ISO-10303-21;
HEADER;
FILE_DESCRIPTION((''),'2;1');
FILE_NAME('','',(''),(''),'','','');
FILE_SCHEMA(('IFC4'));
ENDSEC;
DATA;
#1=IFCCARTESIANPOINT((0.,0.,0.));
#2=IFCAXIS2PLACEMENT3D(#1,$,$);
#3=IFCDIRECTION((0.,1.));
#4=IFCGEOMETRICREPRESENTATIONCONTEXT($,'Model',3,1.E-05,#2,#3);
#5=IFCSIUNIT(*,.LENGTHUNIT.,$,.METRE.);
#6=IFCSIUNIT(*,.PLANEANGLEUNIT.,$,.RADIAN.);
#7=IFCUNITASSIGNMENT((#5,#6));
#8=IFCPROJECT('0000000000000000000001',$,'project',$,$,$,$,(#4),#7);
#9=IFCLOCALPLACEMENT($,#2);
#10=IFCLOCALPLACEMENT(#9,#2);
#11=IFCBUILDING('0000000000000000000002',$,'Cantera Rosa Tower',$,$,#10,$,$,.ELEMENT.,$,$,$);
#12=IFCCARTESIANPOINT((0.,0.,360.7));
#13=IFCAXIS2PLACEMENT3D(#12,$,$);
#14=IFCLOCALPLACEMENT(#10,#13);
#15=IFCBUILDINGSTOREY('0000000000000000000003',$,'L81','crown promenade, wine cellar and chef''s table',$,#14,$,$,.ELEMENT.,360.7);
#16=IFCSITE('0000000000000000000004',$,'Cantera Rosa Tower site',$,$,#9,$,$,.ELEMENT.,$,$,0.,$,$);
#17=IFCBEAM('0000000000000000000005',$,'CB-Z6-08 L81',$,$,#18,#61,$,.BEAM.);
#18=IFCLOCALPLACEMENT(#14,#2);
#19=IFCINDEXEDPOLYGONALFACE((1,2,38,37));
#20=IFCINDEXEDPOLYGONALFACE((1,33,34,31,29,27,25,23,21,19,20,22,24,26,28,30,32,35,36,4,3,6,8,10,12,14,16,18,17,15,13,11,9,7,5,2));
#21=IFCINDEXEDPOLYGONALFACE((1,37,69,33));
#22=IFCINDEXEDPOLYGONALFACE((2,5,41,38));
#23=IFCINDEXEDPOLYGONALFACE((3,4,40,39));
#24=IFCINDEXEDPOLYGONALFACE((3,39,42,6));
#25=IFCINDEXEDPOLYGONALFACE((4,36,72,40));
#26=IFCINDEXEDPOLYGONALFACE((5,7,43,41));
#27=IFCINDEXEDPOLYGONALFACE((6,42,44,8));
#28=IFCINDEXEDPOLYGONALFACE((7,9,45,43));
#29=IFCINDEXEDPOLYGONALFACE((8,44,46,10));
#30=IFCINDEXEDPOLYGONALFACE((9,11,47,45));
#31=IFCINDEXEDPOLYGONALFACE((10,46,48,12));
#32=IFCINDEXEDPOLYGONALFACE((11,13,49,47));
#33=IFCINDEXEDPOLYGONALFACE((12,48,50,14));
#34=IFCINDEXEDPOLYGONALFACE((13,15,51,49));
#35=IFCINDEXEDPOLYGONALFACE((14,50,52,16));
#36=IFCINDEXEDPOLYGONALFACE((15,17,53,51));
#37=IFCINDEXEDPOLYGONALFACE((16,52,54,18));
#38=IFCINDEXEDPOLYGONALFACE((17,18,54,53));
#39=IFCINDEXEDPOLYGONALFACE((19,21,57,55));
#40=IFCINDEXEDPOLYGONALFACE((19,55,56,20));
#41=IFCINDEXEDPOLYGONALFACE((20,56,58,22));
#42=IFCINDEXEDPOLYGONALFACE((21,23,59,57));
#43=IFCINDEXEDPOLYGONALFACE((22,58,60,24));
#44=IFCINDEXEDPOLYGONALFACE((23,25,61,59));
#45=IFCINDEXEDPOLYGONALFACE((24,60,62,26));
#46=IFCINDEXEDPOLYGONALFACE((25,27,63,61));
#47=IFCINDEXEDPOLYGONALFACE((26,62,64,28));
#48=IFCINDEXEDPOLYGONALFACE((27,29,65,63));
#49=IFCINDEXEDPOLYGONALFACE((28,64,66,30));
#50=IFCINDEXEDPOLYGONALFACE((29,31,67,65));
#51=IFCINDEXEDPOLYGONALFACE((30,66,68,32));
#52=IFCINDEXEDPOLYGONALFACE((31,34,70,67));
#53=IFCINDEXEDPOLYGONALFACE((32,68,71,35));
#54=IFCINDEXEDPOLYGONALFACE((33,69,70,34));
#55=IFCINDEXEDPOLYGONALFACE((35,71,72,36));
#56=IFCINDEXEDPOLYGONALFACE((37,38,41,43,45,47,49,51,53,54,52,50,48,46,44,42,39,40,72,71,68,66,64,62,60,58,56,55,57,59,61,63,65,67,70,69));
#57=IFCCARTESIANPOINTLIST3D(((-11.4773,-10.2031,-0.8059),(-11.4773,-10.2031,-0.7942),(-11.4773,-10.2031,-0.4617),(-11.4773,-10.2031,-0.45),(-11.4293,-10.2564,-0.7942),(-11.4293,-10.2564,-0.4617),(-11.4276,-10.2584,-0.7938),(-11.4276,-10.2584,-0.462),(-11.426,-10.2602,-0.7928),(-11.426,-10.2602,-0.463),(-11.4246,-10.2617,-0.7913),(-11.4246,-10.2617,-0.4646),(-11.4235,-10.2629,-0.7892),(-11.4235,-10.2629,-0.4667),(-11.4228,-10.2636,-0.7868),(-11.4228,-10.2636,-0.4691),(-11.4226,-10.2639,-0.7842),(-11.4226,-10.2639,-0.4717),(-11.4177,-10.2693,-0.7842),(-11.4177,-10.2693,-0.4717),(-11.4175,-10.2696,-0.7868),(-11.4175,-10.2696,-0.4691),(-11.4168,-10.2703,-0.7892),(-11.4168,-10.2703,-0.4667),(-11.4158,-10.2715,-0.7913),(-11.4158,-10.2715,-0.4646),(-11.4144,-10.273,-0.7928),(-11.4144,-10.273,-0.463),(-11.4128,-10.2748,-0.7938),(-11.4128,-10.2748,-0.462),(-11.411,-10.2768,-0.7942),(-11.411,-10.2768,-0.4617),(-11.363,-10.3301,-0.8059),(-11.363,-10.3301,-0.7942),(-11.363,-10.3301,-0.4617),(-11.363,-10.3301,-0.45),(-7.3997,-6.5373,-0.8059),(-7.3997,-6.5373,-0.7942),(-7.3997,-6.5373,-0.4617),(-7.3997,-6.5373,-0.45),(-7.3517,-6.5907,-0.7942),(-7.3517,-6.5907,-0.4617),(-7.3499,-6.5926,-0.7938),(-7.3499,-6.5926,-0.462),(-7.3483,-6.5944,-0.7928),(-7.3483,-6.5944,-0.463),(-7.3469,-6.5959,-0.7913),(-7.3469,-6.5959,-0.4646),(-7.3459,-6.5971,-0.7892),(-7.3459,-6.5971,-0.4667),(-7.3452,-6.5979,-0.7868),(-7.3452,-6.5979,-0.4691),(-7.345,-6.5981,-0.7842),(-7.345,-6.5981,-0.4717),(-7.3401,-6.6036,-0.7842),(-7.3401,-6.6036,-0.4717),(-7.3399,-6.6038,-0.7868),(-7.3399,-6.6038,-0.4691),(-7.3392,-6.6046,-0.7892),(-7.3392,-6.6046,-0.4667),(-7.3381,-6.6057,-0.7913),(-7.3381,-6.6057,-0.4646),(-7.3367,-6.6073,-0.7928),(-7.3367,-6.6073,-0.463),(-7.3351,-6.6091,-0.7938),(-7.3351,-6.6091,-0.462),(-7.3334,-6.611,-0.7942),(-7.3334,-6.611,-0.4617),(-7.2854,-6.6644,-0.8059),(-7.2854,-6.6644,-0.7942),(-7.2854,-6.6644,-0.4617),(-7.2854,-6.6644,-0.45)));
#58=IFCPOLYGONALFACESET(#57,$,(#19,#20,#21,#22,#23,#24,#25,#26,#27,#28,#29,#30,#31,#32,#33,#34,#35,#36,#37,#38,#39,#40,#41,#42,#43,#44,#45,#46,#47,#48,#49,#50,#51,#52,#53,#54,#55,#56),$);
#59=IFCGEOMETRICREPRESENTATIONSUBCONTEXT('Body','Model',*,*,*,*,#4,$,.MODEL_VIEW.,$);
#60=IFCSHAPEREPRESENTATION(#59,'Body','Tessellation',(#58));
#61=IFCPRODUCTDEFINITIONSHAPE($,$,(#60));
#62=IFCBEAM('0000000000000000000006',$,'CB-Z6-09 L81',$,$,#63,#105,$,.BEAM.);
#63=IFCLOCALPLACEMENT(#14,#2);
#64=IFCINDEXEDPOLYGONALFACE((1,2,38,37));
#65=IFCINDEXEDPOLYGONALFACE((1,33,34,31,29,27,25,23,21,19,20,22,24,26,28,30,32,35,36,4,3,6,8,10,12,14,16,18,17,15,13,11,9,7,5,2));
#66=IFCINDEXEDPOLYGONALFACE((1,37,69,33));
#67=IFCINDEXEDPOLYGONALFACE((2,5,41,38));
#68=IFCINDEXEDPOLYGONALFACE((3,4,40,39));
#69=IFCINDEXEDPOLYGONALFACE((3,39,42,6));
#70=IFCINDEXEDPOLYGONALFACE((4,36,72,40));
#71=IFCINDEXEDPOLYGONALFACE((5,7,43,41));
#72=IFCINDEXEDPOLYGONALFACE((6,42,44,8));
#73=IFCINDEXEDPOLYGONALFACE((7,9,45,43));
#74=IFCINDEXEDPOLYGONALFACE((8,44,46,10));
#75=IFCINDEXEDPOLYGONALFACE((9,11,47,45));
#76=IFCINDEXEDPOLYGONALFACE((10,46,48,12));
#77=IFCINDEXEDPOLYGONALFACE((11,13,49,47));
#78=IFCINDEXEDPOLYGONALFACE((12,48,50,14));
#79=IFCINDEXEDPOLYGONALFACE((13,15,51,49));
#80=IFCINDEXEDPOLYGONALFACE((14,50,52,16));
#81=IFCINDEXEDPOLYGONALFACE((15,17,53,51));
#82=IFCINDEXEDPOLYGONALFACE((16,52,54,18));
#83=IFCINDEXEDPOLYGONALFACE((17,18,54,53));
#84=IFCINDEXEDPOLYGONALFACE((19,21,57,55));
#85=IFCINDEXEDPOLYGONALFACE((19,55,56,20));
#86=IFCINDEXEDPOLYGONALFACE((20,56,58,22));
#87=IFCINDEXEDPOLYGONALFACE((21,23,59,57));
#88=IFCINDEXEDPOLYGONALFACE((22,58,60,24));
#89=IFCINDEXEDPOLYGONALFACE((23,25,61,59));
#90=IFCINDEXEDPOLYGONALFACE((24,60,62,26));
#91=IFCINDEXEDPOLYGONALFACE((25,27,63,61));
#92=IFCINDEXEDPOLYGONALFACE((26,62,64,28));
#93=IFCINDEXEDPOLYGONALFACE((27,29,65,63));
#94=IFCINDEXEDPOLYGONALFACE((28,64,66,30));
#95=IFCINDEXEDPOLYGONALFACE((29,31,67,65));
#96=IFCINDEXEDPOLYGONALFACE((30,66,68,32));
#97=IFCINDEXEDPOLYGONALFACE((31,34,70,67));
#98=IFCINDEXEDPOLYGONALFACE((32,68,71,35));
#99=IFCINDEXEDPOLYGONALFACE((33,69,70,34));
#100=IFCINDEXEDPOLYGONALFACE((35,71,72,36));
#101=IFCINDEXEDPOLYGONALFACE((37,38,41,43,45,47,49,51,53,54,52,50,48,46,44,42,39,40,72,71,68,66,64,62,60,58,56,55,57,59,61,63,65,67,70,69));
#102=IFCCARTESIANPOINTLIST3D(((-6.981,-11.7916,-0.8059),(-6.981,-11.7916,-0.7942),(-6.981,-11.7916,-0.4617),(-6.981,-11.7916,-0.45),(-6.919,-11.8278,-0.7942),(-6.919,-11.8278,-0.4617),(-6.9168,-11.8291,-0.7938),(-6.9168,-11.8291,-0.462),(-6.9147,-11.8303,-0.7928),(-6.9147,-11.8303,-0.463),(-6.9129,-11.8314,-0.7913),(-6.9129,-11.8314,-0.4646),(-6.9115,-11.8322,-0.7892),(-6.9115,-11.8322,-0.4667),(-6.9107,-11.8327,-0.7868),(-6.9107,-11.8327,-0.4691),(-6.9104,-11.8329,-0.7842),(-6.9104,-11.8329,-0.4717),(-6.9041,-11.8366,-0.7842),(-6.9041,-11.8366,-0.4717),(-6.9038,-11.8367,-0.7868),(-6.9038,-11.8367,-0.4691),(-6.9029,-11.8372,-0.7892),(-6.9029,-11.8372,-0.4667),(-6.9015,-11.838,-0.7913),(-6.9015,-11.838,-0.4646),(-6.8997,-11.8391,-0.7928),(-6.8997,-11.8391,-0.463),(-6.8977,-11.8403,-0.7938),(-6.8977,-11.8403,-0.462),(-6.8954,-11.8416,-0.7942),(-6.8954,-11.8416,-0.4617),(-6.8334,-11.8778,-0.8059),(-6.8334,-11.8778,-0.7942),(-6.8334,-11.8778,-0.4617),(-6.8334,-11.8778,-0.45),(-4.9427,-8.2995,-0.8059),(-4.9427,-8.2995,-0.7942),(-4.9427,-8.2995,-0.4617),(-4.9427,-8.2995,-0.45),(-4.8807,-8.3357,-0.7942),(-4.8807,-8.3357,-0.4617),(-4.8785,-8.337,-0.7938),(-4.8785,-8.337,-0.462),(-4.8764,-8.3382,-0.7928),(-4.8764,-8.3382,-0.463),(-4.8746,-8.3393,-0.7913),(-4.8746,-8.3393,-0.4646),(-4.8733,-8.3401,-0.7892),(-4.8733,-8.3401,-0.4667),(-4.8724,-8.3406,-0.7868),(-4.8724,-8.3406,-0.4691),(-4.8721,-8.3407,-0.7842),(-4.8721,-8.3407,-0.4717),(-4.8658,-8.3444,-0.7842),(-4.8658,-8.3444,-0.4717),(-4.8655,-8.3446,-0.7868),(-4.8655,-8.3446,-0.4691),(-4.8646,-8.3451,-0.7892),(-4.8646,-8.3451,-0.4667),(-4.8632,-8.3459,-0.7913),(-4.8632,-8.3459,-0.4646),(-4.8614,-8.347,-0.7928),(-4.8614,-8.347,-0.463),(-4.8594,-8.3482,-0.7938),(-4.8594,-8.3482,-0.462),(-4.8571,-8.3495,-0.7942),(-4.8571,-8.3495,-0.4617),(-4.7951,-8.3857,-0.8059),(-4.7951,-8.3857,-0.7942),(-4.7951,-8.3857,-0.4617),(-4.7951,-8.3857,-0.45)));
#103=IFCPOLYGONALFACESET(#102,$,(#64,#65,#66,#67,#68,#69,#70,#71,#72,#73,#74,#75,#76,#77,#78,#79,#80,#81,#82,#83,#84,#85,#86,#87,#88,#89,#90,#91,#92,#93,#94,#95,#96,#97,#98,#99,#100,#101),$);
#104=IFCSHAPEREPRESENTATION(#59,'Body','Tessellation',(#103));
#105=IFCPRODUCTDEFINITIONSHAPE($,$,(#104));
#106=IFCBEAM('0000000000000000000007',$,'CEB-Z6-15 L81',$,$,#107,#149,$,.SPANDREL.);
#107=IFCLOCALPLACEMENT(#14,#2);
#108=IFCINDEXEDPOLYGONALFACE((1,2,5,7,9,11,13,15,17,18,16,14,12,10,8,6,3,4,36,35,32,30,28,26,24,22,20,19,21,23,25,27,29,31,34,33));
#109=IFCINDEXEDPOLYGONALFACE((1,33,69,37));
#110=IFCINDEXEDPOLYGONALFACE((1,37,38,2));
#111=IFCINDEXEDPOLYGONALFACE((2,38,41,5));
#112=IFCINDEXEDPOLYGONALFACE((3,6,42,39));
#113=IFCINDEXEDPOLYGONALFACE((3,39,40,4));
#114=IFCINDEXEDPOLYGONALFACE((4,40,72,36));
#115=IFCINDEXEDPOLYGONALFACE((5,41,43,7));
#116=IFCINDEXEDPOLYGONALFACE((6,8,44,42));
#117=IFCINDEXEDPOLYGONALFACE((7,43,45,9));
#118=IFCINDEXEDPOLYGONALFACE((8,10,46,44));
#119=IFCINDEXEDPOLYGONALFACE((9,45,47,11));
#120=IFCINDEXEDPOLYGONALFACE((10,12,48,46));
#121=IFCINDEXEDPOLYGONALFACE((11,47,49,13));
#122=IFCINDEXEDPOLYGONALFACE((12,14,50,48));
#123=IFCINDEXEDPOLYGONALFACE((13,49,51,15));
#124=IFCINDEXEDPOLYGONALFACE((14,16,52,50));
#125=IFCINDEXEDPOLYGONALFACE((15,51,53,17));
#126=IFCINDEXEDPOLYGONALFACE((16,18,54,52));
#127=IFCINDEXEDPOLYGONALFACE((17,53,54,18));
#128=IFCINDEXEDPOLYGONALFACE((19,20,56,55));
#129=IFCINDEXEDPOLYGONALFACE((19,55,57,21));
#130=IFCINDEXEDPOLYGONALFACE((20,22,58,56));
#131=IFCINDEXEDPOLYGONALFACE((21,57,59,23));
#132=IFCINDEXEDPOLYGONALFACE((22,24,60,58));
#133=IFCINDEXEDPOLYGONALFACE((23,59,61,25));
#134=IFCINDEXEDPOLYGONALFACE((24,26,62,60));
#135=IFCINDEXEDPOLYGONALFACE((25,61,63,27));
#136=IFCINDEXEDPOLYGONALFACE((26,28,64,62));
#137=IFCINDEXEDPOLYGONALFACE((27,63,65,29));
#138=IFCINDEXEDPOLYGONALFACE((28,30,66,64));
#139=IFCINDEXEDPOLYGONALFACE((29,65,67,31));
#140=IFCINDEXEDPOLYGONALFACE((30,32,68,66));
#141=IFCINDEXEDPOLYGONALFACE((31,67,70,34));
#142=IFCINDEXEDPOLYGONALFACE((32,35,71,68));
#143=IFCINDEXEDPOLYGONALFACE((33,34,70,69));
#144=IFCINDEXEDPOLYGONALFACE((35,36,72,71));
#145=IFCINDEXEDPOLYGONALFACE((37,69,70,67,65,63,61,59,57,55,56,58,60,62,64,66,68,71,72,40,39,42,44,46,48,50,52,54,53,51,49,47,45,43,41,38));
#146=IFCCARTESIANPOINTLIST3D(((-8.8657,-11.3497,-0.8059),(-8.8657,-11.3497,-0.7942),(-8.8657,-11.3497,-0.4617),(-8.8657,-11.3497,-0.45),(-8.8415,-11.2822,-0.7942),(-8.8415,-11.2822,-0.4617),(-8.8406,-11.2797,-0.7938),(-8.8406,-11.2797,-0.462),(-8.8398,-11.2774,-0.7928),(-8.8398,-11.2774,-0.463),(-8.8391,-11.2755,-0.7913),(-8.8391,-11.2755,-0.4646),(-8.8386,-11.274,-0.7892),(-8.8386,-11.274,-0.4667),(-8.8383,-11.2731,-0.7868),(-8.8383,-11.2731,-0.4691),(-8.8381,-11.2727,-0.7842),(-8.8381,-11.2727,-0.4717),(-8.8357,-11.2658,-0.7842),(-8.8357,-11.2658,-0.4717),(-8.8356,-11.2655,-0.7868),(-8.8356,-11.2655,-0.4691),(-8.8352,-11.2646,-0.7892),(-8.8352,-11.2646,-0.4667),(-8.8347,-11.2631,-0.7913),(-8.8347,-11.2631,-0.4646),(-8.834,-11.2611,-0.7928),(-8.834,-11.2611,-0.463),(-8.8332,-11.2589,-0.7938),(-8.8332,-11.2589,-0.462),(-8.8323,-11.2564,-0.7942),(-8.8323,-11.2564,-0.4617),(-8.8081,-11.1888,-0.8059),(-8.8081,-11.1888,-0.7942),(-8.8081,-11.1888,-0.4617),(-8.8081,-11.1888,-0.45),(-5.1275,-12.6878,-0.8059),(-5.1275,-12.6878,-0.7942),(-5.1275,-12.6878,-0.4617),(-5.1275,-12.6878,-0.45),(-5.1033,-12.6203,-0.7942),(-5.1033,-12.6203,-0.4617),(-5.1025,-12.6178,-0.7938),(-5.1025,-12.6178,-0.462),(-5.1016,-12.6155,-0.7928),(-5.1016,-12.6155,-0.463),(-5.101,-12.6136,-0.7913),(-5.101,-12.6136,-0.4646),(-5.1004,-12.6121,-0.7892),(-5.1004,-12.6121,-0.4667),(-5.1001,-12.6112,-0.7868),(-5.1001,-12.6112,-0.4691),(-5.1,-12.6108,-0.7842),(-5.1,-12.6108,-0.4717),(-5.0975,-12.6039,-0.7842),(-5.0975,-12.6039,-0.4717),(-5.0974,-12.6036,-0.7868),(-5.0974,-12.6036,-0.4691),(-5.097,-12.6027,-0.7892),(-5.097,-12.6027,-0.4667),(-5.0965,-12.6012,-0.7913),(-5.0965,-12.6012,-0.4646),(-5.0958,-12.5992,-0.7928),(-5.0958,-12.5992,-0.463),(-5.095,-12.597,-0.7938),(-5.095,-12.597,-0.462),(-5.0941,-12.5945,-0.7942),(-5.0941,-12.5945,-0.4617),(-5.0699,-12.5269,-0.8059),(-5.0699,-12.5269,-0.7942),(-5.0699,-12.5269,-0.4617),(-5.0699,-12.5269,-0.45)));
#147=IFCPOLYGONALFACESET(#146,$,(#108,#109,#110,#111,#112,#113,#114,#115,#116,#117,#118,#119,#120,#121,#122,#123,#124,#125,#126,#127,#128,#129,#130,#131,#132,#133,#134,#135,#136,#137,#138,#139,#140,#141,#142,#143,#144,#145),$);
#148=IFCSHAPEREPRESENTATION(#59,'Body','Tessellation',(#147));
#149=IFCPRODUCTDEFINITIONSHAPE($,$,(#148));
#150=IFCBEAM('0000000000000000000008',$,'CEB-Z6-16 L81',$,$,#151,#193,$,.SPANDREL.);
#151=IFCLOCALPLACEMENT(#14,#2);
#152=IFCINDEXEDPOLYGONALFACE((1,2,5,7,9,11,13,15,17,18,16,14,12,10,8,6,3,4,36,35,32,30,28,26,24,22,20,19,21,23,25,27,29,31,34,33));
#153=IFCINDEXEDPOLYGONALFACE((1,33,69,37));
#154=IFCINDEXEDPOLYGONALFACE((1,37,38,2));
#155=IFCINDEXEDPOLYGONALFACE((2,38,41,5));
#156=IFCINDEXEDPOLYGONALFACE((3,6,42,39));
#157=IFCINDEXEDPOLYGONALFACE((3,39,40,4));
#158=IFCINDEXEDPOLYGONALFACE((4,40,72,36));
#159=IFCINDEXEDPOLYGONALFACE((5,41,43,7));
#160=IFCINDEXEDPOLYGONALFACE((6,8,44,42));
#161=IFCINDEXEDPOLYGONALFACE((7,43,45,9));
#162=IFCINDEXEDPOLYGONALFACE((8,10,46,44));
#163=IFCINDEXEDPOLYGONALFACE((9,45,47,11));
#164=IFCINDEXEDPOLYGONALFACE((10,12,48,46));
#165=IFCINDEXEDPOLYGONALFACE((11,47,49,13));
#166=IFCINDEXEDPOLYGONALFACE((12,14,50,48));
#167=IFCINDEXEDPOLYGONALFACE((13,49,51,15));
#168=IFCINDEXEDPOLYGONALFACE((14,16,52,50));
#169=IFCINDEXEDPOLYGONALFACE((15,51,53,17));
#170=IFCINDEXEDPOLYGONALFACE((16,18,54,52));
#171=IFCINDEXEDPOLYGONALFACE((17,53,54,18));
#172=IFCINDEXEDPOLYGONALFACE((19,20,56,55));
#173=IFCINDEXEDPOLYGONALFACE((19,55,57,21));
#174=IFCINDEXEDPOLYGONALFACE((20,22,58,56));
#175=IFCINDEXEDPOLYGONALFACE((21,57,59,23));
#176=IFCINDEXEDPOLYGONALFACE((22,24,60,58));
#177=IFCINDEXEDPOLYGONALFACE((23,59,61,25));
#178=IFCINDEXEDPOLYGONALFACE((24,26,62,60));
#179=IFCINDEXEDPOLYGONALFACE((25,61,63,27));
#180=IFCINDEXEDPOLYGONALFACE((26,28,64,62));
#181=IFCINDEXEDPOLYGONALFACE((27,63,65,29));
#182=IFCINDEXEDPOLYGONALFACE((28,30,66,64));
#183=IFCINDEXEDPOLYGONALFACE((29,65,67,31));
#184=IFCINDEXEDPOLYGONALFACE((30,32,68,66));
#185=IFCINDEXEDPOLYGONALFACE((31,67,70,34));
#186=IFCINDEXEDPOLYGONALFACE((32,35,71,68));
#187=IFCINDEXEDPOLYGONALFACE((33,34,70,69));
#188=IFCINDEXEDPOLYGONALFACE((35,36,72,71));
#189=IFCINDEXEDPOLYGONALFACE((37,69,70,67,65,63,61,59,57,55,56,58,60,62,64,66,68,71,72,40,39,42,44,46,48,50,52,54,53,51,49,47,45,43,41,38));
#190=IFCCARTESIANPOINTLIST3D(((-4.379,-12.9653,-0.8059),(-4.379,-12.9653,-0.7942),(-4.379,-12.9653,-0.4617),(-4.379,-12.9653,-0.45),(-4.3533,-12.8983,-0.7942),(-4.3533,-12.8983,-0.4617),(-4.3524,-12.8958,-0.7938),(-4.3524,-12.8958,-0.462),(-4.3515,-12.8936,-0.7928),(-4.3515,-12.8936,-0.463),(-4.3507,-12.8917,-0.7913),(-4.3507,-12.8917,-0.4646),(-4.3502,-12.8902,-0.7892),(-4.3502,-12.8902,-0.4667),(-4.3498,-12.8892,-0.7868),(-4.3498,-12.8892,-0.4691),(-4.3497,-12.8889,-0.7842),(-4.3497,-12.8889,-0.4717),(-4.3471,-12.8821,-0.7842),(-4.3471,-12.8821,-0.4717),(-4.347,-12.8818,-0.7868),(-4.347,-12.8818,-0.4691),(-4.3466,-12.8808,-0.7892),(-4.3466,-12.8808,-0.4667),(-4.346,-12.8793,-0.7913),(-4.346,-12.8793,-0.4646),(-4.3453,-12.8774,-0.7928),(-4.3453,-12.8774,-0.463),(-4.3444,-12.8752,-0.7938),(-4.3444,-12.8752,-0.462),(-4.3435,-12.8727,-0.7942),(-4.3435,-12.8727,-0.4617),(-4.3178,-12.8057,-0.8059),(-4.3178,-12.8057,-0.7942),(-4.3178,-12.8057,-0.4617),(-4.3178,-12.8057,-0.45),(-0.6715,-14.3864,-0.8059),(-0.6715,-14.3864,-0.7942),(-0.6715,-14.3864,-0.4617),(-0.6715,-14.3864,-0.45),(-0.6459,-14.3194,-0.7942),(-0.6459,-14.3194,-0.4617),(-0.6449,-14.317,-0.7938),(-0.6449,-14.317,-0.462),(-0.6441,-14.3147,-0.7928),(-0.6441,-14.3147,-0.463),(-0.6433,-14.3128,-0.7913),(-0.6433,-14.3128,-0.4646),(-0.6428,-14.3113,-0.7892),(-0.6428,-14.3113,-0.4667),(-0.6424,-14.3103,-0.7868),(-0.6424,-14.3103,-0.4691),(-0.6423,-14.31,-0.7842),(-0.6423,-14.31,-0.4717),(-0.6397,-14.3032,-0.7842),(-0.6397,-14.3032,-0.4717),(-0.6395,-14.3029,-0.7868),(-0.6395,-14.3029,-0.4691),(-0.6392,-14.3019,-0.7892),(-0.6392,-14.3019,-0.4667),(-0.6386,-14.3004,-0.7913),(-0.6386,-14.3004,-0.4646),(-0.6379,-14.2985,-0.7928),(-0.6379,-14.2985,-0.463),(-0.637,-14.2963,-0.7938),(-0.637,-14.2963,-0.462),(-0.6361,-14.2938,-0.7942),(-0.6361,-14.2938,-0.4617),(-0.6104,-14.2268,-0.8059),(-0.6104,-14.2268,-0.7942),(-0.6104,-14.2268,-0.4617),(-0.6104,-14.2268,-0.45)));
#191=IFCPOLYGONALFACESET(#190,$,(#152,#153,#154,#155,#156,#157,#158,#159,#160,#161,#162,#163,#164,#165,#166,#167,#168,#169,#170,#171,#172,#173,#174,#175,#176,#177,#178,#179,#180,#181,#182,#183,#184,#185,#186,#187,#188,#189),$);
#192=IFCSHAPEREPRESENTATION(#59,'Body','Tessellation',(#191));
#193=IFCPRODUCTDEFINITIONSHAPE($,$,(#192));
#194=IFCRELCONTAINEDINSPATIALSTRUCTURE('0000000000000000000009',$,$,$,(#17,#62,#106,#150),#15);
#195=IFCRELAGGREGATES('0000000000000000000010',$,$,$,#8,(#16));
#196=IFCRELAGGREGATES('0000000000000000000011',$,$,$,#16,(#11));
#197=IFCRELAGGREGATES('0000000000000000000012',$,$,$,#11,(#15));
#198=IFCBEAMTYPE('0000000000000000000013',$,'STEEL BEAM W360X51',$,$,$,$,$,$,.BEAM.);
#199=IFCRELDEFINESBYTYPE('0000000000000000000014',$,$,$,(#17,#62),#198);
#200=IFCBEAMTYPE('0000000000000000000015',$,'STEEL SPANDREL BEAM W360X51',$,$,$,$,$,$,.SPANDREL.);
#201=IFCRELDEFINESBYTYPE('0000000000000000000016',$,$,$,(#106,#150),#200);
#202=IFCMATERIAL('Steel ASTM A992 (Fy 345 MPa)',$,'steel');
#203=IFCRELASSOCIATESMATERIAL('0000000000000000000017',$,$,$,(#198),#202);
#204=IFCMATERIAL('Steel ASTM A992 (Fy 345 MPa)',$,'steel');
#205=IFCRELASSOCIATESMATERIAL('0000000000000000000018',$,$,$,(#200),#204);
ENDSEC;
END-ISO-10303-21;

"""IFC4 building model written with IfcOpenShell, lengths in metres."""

from ifc_helpers import new_model, si_unit, direction, frame, origin, origin_2d, place, context, subcontext, project, spatial, i_section, extrude, material, material_profile, profile_set, type_object, element, save


model = new_model("IFC4")

# Units and contexts
model_context = context("Model", 3, precision=1e-05, world=origin(), true_north=direction((0.0, 1.0)))
body_context = subcontext(model_context, "Body", "Model", "MODEL_VIEW")
ifc_project = project(units=[si_unit("LENGTHUNIT", "METRE"), si_unit("PLANEANGLEUNIT", "RADIAN")], contexts=[model_context])

# Site, building, storey
site_placement = place(None, origin())
site = spatial("IfcSite", under=ifc_project, at=site_placement, Name="Cantera Rosa Tower site", CompositionType="ELEMENT", RefElevation=0.0)
building_placement = place(site_placement, origin())
building = spatial("IfcBuilding", under=site, at=building_placement, Name="Cantera Rosa Tower", CompositionType="ELEMENT")
storey_placement = place(building_placement, frame((0.0, 0.0, 360.7)))
storey = spatial("IfcBuildingStorey", under=building, at=storey_placement, Name="L81", Description="crown promenade, wine cellar and chef's table", CompositionType="ELEMENT", Elevation=360.7)

# Beams
ifc_material_1 = material(Name="Steel ASTM A992 (Fy 345 MPa)", Category="steel")
ifc_material_profile_1 = material_profile(ifc_material_1, i_section(OverallWidth=0.1709, OverallDepth=0.356, WebThickness=0.0073, FlangeThickness=0.0117, FilletRadius=0.01, at=origin_2d()), Name="W360X51")
ifc_profile_set_1 = profile_set([ifc_material_profile_1], Name="Steel ASTM A992 (Fy 345 MPa)")
beam_type_1 = type_object("IfcBeamType", Name="STEEL BEAM W360X51", PredefinedType="BEAM", material=ifc_profile_set_1)
beam_1_placement = place(storey_placement, frame((-11.4202, -10.2666, -0.6279), z_axis=(0.743666, 0.668551, 0.0), x_axis=(-0.668551, 0.743666, 0.0)))
element("IfcBeam", 1, at=beam_1_placement, inside=storey, type_object=beam_type_1, Name="CB-Z6-08 L81", PredefinedType="BEAM", context=body_context, shape_type="SweptSolid", body=[
    extrude(i_section(OverallWidth=0.1709, OverallDepth=0.356, WebThickness=0.0073, FlangeThickness=0.0117, FilletRadius=0.01, at=origin_2d()), origin(), (0.0, 0.0, 1.0), 5.4832),
])
beam_2_placement = place(storey_placement, frame((-6.9072, -11.8347, -0.6279), z_axis=(0.504096, 0.863647, 0.0), x_axis=(-0.863647, 0.504096, 0.0)))
element("IfcBeam", 2, at=beam_2_placement, inside=storey, type_object=beam_type_1, Name="CB-Z6-09 L81", PredefinedType="BEAM", context=body_context, shape_type="SweptSolid", body=[
    extrude(i_section(OverallWidth=0.1709, OverallDepth=0.356, WebThickness=0.0073, FlangeThickness=0.0117, FilletRadius=0.01, at=origin_2d()), origin(), (0.0, 0.0, 1.0), 4.0435),
])
ifc_material_2 = material(Name="Steel ASTM A992 (Fy 345 MPa)", Category="steel")
ifc_material_profile_2 = material_profile(ifc_material_2, i_section(OverallWidth=0.1709, OverallDepth=0.356, WebThickness=0.0073, FlangeThickness=0.0117, FilletRadius=0.01, at=origin_2d()), Name="W360X51")
ifc_profile_set_2 = profile_set([ifc_material_profile_2], Name="Steel ASTM A992 (Fy 345 MPa)")
beam_type_2 = type_object("IfcBeamType", Name="STEEL SPANDREL BEAM W360X51", PredefinedType="SPANDREL", material=ifc_profile_set_2)
for number, where, z_axis, x_axis, name in (
    (3, (-8.8369, -11.2693, -0.6279), (0.9415, -0.337014, 0.0), (0.337014, 0.9415, 0.0), "CEB-Z6-15 L81"),
    (4, (-4.3484, -12.8855, -0.6279), (0.933752, -0.35792, 0.0), (0.35792, 0.933752, 0.0), "CEB-Z6-16 L81"),
):
    element("IfcBeam", number, at=place(storey_placement, frame(where, z_axis=z_axis, x_axis=x_axis)), inside=storey, type_object=beam_type_2, Name=name, PredefinedType="SPANDREL", context=body_context, shape_type="SweptSolid", body=[
        extrude(i_section(OverallWidth=0.1709, OverallDepth=0.356, WebThickness=0.0073, FlangeThickness=0.0117, FilletRadius=0.01, at=origin_2d()), origin(), (0.0, 0.0, 1.0), 3.9705),
    ])

save(model, "model.ifc")
